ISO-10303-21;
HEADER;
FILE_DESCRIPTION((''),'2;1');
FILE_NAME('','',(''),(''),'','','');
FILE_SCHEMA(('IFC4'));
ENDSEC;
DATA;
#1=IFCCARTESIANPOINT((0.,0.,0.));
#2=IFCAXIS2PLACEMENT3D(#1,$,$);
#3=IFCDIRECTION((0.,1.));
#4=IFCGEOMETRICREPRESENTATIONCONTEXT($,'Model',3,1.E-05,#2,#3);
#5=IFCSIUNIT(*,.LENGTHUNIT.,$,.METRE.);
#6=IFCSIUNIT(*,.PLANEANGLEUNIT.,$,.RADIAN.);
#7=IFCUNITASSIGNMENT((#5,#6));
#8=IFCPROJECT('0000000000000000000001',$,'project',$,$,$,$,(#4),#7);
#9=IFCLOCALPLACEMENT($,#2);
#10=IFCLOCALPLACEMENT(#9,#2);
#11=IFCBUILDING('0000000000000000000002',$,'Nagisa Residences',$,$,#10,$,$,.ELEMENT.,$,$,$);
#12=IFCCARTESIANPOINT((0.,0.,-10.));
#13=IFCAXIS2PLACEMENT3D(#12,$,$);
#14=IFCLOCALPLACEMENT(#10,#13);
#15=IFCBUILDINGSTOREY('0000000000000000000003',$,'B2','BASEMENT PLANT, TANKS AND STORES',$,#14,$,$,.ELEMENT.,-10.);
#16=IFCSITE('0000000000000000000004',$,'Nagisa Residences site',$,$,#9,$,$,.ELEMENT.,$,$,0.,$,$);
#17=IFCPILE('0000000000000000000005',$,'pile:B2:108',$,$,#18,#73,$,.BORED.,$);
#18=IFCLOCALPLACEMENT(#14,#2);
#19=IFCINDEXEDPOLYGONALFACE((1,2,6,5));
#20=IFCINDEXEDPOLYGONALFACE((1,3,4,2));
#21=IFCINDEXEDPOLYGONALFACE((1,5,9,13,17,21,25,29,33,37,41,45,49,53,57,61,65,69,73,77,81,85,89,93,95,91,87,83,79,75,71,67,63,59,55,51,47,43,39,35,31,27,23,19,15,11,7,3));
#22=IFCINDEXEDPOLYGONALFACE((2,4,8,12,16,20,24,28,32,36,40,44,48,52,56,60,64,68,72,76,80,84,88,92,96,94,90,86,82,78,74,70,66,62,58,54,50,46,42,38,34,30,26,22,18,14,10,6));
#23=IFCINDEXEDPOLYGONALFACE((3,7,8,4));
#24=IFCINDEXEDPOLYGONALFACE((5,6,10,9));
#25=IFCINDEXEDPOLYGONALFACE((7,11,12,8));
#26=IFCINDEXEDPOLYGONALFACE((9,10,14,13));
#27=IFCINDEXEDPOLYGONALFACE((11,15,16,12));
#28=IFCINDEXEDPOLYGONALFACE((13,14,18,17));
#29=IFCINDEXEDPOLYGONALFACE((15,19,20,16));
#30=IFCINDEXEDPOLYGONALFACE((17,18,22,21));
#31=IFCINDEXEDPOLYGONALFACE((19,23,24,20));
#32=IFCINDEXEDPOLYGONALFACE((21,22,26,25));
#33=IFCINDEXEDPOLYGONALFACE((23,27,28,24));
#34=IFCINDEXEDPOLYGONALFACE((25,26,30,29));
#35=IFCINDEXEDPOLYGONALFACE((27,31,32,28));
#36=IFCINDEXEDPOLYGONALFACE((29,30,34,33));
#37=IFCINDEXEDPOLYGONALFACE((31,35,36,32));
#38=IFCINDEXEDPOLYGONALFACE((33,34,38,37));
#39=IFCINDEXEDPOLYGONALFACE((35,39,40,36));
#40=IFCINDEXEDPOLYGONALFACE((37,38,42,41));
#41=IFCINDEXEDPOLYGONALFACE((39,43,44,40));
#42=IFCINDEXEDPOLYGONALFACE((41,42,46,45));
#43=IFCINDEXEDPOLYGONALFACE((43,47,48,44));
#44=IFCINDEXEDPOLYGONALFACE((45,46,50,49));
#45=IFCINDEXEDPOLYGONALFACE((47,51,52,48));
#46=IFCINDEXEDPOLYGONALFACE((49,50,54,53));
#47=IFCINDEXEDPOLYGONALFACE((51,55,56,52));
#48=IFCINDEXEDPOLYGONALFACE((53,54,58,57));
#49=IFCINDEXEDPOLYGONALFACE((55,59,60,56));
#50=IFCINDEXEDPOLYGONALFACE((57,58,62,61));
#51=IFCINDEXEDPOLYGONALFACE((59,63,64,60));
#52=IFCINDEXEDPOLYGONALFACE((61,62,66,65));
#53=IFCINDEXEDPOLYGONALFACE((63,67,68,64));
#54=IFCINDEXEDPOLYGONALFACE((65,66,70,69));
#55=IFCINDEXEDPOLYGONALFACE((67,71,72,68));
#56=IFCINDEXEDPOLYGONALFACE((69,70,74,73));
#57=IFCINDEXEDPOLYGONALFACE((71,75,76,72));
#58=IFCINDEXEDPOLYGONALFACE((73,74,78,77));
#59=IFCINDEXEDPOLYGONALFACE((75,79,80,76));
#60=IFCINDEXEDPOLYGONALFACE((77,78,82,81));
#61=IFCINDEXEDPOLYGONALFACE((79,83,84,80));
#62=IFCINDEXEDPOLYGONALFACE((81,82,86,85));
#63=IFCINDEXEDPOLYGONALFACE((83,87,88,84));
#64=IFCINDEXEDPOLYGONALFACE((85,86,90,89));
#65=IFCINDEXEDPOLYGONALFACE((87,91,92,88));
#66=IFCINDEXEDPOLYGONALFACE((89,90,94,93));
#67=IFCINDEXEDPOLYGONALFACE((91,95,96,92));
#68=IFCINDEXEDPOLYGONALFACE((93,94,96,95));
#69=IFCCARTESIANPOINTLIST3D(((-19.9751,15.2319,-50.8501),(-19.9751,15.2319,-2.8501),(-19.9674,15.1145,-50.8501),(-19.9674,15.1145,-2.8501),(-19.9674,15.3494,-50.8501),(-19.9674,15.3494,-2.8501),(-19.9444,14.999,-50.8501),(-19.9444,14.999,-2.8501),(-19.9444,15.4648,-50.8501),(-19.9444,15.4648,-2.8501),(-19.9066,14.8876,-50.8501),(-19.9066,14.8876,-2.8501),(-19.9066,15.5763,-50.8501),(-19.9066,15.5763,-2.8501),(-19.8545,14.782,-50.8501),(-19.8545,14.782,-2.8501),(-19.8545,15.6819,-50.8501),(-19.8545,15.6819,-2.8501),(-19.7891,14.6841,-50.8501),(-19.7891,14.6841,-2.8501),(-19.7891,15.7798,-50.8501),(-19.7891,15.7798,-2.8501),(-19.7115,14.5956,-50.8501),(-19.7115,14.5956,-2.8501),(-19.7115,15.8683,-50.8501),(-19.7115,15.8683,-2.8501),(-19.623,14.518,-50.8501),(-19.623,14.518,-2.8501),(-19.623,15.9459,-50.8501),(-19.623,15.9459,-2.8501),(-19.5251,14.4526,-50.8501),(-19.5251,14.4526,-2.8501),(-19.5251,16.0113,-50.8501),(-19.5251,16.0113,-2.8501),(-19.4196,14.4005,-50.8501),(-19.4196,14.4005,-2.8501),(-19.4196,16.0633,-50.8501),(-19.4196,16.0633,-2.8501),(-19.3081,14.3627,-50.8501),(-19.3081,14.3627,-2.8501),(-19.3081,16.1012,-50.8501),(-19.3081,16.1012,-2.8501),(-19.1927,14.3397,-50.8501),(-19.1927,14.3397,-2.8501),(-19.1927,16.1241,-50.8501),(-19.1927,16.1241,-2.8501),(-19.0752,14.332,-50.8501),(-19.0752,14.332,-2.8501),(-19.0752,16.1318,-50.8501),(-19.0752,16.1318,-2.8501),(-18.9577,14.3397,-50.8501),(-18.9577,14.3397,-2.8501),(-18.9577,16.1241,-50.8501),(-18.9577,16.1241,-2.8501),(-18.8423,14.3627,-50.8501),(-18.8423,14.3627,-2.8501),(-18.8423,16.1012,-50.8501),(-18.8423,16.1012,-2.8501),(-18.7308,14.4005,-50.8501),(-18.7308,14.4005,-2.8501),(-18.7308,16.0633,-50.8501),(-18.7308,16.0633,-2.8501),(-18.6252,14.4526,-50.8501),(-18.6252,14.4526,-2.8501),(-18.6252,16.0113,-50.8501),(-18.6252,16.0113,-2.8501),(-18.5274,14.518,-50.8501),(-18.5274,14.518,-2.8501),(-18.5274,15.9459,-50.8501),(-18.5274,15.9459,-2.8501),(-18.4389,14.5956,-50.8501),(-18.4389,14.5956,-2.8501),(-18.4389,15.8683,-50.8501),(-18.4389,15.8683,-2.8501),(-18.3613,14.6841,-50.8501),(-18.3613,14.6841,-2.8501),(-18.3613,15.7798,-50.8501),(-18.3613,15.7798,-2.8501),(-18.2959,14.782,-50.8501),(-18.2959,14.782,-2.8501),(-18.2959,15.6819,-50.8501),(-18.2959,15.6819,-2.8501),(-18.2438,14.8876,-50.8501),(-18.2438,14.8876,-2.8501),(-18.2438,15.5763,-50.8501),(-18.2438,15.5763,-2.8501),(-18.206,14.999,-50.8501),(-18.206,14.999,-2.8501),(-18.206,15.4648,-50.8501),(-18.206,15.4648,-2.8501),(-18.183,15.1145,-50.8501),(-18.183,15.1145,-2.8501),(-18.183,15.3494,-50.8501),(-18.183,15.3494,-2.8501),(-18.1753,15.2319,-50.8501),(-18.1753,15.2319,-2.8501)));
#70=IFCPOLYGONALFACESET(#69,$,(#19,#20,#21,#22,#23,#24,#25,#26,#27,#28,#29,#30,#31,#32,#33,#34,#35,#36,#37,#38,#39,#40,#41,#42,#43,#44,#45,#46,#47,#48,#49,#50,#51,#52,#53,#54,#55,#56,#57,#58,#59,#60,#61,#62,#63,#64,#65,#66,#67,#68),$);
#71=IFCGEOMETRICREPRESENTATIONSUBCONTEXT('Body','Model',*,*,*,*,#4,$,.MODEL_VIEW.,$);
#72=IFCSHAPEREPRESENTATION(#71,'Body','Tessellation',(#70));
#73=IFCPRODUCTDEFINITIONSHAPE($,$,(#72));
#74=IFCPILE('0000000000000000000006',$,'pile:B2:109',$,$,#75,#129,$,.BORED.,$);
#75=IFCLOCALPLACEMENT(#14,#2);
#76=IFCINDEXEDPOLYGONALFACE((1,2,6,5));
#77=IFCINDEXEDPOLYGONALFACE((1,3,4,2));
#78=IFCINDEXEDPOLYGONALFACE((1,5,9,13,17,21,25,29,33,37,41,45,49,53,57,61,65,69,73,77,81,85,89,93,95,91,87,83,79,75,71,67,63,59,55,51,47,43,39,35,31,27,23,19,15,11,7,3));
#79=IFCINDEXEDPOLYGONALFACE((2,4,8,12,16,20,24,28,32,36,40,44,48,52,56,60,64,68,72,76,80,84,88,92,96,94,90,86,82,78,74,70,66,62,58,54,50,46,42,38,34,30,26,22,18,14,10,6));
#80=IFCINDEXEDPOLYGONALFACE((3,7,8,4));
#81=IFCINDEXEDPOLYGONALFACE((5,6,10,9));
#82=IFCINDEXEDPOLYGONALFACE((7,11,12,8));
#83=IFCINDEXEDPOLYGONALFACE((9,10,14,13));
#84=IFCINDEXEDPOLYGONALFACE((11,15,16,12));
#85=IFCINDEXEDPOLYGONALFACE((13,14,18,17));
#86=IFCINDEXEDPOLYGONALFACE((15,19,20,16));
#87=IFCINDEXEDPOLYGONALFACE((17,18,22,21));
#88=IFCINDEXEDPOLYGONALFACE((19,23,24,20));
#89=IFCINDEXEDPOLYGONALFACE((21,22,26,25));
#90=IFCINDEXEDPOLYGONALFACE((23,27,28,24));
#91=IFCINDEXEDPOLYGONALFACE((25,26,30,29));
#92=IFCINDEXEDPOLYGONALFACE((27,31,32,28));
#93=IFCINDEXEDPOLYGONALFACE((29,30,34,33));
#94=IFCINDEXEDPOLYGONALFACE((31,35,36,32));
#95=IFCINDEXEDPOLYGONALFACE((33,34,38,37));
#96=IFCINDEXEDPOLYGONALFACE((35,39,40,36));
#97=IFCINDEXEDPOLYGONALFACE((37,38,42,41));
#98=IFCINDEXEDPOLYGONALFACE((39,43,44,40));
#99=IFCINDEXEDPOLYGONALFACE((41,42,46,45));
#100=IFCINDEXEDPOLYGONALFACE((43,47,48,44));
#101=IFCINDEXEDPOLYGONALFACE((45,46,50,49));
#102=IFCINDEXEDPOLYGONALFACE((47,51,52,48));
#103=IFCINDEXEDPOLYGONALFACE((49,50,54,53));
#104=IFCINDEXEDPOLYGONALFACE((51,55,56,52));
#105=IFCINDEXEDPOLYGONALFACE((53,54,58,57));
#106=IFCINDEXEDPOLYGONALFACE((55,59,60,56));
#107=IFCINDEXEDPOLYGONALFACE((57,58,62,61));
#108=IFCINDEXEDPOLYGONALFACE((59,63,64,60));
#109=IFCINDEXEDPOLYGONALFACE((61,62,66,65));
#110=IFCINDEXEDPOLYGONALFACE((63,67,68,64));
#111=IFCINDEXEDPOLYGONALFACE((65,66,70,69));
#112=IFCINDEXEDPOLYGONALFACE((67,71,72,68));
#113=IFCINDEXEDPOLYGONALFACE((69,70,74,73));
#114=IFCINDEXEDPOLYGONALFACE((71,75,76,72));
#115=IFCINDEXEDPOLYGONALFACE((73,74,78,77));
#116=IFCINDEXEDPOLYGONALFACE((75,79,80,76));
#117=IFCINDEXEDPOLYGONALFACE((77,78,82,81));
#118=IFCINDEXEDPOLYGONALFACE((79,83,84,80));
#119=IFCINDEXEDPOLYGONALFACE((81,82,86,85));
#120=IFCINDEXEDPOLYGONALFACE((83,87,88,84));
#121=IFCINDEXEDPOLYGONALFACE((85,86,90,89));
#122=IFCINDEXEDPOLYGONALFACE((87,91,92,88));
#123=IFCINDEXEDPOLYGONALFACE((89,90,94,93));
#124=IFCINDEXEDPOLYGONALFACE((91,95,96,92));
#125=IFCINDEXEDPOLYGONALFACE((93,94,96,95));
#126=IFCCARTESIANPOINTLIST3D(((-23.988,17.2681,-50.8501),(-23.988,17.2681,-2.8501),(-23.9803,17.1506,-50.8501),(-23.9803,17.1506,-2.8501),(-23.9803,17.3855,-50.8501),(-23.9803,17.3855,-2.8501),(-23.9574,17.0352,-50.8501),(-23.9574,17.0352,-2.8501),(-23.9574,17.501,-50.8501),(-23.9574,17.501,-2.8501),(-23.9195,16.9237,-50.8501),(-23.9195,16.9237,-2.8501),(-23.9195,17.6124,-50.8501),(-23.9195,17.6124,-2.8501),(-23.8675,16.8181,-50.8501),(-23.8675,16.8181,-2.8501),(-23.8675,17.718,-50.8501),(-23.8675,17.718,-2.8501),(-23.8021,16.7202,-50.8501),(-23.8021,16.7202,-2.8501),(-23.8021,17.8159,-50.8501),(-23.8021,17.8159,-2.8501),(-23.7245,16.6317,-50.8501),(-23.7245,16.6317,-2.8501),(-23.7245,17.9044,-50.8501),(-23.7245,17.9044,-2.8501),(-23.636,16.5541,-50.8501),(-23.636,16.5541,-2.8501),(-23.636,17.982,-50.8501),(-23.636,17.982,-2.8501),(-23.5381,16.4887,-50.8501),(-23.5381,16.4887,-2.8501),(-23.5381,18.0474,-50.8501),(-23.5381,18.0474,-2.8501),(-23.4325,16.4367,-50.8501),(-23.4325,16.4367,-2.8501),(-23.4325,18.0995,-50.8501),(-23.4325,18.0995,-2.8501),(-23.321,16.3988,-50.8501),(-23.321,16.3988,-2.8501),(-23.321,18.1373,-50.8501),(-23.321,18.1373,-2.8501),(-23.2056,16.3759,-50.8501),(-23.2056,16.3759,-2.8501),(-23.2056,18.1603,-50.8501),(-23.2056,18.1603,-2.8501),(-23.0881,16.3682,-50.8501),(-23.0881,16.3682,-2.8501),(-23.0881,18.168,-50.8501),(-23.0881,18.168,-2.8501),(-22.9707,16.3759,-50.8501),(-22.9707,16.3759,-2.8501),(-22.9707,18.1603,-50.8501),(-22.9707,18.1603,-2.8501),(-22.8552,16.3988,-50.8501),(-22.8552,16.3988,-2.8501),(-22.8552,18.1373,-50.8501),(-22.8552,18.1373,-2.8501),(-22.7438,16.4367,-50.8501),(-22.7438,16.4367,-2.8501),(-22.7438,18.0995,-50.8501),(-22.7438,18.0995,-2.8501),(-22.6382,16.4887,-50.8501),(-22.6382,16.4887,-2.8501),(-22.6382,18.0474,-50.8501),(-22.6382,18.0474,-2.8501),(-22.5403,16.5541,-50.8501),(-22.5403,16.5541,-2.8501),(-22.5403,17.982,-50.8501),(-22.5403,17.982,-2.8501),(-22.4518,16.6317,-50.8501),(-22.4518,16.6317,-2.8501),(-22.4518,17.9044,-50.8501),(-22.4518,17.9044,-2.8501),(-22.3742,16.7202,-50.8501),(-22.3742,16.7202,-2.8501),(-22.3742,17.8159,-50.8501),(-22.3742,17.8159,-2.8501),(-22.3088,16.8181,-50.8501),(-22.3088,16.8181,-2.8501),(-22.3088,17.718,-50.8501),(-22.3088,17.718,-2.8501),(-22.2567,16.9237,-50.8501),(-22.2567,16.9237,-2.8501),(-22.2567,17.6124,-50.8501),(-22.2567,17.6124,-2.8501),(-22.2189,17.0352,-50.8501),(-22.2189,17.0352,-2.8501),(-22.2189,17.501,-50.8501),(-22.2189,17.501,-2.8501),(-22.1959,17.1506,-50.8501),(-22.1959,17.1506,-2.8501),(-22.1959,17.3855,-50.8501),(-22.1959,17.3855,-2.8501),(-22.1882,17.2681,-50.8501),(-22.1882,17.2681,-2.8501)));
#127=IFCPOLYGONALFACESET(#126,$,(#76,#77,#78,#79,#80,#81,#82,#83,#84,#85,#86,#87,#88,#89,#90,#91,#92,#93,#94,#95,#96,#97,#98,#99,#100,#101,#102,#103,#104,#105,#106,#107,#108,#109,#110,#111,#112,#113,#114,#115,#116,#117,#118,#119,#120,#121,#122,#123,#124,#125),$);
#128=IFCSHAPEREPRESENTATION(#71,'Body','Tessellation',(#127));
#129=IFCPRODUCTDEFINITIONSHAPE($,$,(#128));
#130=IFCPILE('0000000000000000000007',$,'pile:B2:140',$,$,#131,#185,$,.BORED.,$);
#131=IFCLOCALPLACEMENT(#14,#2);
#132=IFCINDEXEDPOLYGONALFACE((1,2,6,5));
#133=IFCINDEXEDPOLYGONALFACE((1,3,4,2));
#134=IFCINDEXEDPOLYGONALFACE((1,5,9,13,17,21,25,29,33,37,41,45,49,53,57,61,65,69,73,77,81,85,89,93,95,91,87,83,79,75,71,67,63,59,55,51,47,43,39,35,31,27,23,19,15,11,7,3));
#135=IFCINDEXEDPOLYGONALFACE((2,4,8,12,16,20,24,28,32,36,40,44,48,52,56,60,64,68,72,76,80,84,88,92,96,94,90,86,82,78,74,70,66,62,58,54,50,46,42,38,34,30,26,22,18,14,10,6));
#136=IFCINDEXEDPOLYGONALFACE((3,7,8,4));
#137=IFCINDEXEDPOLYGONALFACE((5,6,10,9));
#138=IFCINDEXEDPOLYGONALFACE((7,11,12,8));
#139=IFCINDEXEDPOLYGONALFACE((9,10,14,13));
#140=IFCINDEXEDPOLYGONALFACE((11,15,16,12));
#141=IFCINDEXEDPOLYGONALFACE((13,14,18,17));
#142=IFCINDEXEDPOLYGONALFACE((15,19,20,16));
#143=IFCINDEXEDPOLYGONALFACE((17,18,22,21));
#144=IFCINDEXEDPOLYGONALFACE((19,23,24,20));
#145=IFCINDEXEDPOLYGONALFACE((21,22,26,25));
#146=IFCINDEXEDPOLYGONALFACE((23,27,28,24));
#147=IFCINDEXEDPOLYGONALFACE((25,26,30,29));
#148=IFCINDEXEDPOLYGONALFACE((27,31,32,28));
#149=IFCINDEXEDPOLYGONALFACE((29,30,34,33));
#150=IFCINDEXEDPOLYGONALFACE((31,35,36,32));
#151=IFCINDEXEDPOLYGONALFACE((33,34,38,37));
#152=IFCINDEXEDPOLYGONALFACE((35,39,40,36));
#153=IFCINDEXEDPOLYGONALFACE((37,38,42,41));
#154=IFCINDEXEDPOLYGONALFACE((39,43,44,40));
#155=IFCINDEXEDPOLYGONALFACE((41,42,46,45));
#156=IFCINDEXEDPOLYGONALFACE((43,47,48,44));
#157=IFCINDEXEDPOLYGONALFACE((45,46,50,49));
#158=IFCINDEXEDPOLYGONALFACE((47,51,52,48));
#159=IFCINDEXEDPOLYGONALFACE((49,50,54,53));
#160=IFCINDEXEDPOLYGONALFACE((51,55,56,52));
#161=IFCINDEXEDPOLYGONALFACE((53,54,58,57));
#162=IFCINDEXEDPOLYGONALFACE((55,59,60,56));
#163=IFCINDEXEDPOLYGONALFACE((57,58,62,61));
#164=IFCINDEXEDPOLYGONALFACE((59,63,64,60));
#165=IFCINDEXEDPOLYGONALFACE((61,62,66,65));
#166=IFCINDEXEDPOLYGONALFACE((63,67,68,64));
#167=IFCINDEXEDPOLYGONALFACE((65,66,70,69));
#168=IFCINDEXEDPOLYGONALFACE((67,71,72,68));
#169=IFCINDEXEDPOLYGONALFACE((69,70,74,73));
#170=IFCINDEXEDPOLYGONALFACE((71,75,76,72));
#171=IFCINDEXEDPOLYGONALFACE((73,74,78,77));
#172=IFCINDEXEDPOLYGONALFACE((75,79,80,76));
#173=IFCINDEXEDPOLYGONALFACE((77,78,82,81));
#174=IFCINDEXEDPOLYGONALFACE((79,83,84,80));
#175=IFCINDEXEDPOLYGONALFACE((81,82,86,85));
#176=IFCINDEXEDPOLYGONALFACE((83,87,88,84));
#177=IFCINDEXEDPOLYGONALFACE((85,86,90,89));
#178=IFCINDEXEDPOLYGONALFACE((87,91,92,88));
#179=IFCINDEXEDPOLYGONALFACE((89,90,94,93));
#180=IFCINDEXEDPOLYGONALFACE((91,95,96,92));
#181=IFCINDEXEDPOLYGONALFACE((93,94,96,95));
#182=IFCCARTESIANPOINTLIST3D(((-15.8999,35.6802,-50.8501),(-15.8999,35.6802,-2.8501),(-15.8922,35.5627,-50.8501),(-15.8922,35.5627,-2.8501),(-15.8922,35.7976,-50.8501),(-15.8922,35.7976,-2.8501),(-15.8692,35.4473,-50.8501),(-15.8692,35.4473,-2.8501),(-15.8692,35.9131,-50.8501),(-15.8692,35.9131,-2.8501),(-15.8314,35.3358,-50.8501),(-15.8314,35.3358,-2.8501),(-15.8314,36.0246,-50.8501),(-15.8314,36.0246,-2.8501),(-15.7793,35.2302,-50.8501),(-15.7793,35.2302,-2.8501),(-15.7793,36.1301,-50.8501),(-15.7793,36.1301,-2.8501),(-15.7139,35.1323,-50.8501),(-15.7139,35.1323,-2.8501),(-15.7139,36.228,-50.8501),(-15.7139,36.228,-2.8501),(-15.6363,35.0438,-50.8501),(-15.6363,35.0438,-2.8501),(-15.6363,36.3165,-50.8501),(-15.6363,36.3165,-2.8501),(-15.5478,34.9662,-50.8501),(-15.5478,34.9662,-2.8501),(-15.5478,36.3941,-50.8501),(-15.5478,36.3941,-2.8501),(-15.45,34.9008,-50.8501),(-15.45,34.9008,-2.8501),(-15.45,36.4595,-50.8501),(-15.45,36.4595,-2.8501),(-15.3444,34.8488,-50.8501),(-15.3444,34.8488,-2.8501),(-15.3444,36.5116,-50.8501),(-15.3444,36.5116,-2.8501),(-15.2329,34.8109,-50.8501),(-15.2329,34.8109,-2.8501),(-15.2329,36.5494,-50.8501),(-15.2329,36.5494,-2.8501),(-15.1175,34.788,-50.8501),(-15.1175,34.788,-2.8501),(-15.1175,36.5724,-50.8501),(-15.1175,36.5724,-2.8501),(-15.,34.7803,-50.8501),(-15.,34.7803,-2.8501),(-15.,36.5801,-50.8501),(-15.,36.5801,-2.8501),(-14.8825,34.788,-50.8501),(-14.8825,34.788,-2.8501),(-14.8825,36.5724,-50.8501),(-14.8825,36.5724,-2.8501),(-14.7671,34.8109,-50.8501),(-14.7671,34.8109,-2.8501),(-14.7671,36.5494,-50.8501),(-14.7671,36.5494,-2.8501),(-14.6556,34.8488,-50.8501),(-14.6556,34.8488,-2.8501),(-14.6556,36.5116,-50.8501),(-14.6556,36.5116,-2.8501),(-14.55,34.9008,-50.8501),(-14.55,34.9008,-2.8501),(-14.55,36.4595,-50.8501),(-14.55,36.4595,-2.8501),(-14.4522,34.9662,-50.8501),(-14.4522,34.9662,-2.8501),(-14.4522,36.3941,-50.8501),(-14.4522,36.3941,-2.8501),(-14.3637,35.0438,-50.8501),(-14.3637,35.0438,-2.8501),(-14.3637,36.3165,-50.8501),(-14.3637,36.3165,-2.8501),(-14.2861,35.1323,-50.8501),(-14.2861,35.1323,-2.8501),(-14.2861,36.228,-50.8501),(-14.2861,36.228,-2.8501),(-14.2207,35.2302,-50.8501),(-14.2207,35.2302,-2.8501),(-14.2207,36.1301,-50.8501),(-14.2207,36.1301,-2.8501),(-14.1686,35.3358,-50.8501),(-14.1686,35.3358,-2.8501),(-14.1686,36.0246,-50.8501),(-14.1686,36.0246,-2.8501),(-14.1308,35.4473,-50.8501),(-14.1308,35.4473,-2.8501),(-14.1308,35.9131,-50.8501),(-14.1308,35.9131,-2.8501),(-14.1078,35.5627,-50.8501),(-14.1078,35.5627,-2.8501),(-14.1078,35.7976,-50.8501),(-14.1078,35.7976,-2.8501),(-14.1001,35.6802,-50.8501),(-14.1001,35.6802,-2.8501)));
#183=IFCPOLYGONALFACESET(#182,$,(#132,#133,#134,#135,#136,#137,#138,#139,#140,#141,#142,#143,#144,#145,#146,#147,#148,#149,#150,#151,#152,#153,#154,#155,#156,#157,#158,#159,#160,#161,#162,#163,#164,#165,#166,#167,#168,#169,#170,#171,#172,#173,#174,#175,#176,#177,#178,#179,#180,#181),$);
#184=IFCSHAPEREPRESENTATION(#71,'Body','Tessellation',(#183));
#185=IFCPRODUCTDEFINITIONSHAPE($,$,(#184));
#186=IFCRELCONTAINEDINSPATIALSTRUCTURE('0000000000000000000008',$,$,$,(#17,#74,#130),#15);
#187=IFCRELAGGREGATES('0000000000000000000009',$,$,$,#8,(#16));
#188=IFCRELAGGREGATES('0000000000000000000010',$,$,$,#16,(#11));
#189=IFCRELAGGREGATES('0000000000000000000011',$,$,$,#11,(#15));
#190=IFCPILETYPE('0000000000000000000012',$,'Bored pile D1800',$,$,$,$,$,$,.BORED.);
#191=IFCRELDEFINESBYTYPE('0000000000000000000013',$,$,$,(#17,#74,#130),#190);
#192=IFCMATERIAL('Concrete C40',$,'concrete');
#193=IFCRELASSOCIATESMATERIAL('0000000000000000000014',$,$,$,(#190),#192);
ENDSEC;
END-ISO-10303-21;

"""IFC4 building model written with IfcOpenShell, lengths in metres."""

from ifc_helpers import new_model, si_unit, direction, frame, origin, origin_2d, place, context, subcontext, project, spatial, circle, extrude, material, material_profile, profile_set, type_object, element, save


model = new_model("IFC4")

# Units and contexts
model_context = context("Model", 3, precision=1e-05, world=origin(), true_north=direction((0.0, 1.0)))
body_context = subcontext(model_context, "Body", "Model", "MODEL_VIEW")
ifc_project = project(units=[si_unit("LENGTHUNIT", "METRE"), si_unit("PLANEANGLEUNIT", "RADIAN")], contexts=[model_context])

# Site, building, storey
site_placement = place(None, origin())
site = spatial("IfcSite", under=ifc_project, at=site_placement, Name="Nagisa Residences site", CompositionType="ELEMENT", RefElevation=0.0)
building_placement = place(site_placement, origin())
building = spatial("IfcBuilding", under=site, at=building_placement, Name="Nagisa Residences", CompositionType="ELEMENT")
storey_placement = place(building_placement, frame((0.0, 0.0, -10.0)))
storey = spatial("IfcBuildingStorey", under=building, at=storey_placement, Name="B2", Description="BASEMENT PLANT, TANKS AND STORES", CompositionType="ELEMENT", Elevation=-10.0)

# Piles
ifc_material_1 = material(Name="Concrete C40", Category="concrete")
ifc_material_profile_1 = material_profile(ifc_material_1, circle(Radius=0.8999, at=origin_2d()), Name="Bored pile D1800")
ifc_profile_set_1 = profile_set([ifc_material_profile_1], Name="Concrete C40")
pile_type = type_object("IfcPileType", Name="Bored pile D1800", PredefinedType="BORED", material=ifc_profile_set_1)
for number, where, z_axis, x_axis, name in (
    (1, (-19.0752, 15.2319, -2.8501), (0.0, 0.0, -1.0), (1.0, 0.0, 0.0), "pile:B2:108"),
    (2, (-23.0881, 17.2681, -2.8501), (0.0, 0.0, -1.0), (1.0, 0.0, 0.0), "pile:B2:109"),
    (3, (-15.0, 35.6802, -2.8501), (0.0, 0.0, -1.0), (1.0, 0.0, 0.0), "pile:B2:140"),
):
    element("IfcPile", number, at=place(storey_placement, frame(where, z_axis=z_axis, x_axis=x_axis)), inside=storey, type_object=pile_type, Name=name, PredefinedType="BORED", context=body_context, shape_type="SweptSolid", body=[
        extrude(circle(Radius=0.8999, at=origin_2d()), origin(), (0.0, 0.0, 1.0), 48.0),
    ])

save(model, "model.ifc")
